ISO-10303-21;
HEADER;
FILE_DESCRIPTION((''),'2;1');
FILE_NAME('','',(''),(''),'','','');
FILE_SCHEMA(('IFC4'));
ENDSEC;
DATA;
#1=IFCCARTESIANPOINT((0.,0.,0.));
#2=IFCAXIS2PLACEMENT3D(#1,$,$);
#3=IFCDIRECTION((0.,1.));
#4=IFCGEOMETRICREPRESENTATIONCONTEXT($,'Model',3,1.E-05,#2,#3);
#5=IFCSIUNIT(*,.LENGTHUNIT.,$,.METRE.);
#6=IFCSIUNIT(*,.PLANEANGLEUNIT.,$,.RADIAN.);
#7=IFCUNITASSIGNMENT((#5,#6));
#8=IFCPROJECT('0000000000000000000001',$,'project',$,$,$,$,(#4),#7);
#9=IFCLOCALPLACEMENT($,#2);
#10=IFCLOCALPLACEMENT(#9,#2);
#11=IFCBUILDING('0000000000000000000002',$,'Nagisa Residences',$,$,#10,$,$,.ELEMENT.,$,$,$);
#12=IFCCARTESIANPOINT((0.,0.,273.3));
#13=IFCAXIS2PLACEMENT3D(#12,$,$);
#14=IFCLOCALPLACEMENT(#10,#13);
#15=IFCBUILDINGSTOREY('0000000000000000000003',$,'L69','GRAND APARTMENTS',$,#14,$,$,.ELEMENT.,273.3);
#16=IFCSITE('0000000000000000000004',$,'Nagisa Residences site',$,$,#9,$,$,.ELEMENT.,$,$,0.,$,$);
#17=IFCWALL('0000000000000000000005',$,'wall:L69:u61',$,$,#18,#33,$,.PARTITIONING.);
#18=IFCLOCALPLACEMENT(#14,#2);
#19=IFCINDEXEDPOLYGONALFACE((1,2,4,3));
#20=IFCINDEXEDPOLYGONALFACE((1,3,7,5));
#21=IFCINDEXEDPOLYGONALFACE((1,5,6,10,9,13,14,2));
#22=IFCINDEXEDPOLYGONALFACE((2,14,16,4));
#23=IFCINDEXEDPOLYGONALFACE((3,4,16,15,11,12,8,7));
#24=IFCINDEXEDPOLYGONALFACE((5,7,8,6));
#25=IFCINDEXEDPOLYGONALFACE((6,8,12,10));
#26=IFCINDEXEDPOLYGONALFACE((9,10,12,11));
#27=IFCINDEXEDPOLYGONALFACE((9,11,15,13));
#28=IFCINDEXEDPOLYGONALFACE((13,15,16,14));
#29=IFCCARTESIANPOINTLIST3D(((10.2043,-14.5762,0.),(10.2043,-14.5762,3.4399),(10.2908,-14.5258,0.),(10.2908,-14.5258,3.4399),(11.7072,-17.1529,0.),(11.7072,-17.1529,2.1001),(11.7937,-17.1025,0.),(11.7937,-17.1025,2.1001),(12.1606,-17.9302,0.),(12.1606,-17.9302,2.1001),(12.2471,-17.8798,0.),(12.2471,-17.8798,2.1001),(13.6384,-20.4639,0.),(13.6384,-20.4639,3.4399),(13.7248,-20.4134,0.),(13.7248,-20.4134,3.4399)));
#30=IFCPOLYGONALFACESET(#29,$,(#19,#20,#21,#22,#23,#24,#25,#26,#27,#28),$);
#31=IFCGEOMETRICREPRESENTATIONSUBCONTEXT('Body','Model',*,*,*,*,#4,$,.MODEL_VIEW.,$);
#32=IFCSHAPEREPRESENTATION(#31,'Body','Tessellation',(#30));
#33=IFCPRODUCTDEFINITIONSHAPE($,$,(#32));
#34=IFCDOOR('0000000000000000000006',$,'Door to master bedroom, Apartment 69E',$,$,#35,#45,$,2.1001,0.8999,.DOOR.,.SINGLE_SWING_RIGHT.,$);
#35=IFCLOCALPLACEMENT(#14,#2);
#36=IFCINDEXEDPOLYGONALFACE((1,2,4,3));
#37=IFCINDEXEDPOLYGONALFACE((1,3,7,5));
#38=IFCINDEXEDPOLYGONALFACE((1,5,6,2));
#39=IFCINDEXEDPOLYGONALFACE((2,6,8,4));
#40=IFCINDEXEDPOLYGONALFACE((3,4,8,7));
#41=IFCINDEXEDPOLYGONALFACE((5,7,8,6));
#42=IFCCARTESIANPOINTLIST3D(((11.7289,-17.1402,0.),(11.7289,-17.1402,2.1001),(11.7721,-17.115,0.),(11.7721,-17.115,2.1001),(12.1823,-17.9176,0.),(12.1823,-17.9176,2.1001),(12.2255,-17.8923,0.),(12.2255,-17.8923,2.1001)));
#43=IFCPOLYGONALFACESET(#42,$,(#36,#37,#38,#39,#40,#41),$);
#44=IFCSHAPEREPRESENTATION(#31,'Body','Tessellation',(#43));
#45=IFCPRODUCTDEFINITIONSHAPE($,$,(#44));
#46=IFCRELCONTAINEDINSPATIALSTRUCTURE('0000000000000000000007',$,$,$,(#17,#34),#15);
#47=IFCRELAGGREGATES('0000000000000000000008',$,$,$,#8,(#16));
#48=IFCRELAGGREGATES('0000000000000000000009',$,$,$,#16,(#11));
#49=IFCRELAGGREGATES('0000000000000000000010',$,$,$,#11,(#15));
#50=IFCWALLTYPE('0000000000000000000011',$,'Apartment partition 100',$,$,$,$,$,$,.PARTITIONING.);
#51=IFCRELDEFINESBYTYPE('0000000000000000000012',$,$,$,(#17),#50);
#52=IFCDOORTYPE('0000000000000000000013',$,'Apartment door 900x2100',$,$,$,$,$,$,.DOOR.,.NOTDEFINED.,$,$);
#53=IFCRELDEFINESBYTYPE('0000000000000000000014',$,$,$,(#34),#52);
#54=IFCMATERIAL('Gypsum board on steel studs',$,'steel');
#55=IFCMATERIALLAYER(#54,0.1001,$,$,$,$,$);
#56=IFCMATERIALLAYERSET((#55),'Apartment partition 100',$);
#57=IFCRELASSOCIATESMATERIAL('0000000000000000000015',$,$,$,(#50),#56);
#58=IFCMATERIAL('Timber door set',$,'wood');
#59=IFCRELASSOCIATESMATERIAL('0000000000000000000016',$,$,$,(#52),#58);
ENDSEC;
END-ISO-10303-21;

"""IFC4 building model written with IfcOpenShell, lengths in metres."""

from ifc_helpers import new_model, si_unit, direction, frame, frame_2d, origin, place, context, subcontext, project, spatial, rectangle, extrude, material, layer, layer_set, type_object, element, fill, save


model = new_model("IFC4")

# Units and contexts
model_context = context("Model", 3, precision=1e-05, world=origin(), true_north=direction((0.0, 1.0)))
body_context = subcontext(model_context, "Body", "Model", "MODEL_VIEW")
ifc_project = project(units=[si_unit("LENGTHUNIT", "METRE"), si_unit("PLANEANGLEUNIT", "RADIAN")], contexts=[model_context])

# Site, building, storey
site_placement = place(None, origin())
site = spatial("IfcSite", under=ifc_project, at=site_placement, Name="Nagisa Residences site", CompositionType="ELEMENT", RefElevation=0.0)
building_placement = place(site_placement, origin())
building = spatial("IfcBuilding", under=site, at=building_placement, Name="Nagisa Residences", CompositionType="ELEMENT")
storey_placement = place(building_placement, frame((0.0, 0.0, 273.3)))
storey = spatial("IfcBuildingStorey", under=building, at=storey_placement, Name="L69", Description="GRAND APARTMENTS", CompositionType="ELEMENT", Elevation=273.3)

# Shared definitions
ifc_material_1 = material(Name="Gypsum board on steel studs", Category="steel")
ifc_layer_1 = layer(ifc_material_1, 0.1001)
ifc_layer_set_1 = layer_set([ifc_layer_1], Name="Apartment partition 100")
wall_type_1 = type_object("IfcWallType", Name="Apartment partition 100", PredefinedType="PARTITIONING", material=ifc_layer_set_1)
ifc_material_2 = material(Name="Timber door set", Category="wood")
door_type_1 = type_object("IfcDoorType", Name="Apartment door 900x2100", OperationType="NOTDEFINED", PredefinedType="DOOR", material=ifc_material_2)

# Wall, opening, door
wall_1_placement = place(storey_placement, frame((10.2476, -14.551, 0.0), z_axis=(0.0, 0.0, 1.0), x_axis=(0.503826, -0.863805, 0.0)))
wall_1 = element("IfcWall", 1, at=wall_1_placement, inside=storey, type_object=wall_type_1, Name="wall:L69:u61", PredefinedType="PARTITIONING", context=body_context, shape_type="SweptSolid", body=[
    extrude(rectangle(XDim=6.8159, YDim=0.1001, at=frame_2d((3.408, 0.0))), origin(), (0.0, 0.0, 1.0), 3.4399),
])
opening_1_placement = place(wall_1_placement, frame((2.9829, 0.0, 0.0)))
opening_1 = element("IfcOpeningElement", 2, at=opening_1_placement, cuts=wall_1, PredefinedType="OPENING", context=body_context, shape_type="SweptSolid", body=[
    extrude(rectangle(XDim=0.8999, YDim=2.1001, at=frame_2d((0.45, 1.05))), frame((0.0, 0.0601, 0.0), z_axis=(0.0, -1.0, 0.0), x_axis=(1.0, 0.0, 0.0)), (0.0, 0.0, 1.0), 0.1201),
])
door_1_placement = place(opening_1_placement, frame((0.8999, 0.0, 0.0), x_axis=(-1.0, 0.0, 0.0)))
door_1 = element("IfcDoor", 3, at=door_1_placement, inside=storey, type_object=door_type_1, Name="Door to master bedroom, Apartment 69E", OperationType="SINGLE_SWING_RIGHT", OverallHeight=2.1001, OverallWidth=0.8999, PredefinedType="DOOR", context=body_context, shape_type="SweptSolid", body=[
    extrude(rectangle(XDim=0.8999, YDim=2.1001, at=frame_2d((0.45, 1.05))), frame((0.0, 0.0249, 0.0), z_axis=(0.0, -1.0, 0.0), x_axis=(1.0, 0.0, 0.0)), (0.0, 0.0, 1.0), 0.05),
])
fill(opening_1, door_1)

save(model, "model.ifc")
